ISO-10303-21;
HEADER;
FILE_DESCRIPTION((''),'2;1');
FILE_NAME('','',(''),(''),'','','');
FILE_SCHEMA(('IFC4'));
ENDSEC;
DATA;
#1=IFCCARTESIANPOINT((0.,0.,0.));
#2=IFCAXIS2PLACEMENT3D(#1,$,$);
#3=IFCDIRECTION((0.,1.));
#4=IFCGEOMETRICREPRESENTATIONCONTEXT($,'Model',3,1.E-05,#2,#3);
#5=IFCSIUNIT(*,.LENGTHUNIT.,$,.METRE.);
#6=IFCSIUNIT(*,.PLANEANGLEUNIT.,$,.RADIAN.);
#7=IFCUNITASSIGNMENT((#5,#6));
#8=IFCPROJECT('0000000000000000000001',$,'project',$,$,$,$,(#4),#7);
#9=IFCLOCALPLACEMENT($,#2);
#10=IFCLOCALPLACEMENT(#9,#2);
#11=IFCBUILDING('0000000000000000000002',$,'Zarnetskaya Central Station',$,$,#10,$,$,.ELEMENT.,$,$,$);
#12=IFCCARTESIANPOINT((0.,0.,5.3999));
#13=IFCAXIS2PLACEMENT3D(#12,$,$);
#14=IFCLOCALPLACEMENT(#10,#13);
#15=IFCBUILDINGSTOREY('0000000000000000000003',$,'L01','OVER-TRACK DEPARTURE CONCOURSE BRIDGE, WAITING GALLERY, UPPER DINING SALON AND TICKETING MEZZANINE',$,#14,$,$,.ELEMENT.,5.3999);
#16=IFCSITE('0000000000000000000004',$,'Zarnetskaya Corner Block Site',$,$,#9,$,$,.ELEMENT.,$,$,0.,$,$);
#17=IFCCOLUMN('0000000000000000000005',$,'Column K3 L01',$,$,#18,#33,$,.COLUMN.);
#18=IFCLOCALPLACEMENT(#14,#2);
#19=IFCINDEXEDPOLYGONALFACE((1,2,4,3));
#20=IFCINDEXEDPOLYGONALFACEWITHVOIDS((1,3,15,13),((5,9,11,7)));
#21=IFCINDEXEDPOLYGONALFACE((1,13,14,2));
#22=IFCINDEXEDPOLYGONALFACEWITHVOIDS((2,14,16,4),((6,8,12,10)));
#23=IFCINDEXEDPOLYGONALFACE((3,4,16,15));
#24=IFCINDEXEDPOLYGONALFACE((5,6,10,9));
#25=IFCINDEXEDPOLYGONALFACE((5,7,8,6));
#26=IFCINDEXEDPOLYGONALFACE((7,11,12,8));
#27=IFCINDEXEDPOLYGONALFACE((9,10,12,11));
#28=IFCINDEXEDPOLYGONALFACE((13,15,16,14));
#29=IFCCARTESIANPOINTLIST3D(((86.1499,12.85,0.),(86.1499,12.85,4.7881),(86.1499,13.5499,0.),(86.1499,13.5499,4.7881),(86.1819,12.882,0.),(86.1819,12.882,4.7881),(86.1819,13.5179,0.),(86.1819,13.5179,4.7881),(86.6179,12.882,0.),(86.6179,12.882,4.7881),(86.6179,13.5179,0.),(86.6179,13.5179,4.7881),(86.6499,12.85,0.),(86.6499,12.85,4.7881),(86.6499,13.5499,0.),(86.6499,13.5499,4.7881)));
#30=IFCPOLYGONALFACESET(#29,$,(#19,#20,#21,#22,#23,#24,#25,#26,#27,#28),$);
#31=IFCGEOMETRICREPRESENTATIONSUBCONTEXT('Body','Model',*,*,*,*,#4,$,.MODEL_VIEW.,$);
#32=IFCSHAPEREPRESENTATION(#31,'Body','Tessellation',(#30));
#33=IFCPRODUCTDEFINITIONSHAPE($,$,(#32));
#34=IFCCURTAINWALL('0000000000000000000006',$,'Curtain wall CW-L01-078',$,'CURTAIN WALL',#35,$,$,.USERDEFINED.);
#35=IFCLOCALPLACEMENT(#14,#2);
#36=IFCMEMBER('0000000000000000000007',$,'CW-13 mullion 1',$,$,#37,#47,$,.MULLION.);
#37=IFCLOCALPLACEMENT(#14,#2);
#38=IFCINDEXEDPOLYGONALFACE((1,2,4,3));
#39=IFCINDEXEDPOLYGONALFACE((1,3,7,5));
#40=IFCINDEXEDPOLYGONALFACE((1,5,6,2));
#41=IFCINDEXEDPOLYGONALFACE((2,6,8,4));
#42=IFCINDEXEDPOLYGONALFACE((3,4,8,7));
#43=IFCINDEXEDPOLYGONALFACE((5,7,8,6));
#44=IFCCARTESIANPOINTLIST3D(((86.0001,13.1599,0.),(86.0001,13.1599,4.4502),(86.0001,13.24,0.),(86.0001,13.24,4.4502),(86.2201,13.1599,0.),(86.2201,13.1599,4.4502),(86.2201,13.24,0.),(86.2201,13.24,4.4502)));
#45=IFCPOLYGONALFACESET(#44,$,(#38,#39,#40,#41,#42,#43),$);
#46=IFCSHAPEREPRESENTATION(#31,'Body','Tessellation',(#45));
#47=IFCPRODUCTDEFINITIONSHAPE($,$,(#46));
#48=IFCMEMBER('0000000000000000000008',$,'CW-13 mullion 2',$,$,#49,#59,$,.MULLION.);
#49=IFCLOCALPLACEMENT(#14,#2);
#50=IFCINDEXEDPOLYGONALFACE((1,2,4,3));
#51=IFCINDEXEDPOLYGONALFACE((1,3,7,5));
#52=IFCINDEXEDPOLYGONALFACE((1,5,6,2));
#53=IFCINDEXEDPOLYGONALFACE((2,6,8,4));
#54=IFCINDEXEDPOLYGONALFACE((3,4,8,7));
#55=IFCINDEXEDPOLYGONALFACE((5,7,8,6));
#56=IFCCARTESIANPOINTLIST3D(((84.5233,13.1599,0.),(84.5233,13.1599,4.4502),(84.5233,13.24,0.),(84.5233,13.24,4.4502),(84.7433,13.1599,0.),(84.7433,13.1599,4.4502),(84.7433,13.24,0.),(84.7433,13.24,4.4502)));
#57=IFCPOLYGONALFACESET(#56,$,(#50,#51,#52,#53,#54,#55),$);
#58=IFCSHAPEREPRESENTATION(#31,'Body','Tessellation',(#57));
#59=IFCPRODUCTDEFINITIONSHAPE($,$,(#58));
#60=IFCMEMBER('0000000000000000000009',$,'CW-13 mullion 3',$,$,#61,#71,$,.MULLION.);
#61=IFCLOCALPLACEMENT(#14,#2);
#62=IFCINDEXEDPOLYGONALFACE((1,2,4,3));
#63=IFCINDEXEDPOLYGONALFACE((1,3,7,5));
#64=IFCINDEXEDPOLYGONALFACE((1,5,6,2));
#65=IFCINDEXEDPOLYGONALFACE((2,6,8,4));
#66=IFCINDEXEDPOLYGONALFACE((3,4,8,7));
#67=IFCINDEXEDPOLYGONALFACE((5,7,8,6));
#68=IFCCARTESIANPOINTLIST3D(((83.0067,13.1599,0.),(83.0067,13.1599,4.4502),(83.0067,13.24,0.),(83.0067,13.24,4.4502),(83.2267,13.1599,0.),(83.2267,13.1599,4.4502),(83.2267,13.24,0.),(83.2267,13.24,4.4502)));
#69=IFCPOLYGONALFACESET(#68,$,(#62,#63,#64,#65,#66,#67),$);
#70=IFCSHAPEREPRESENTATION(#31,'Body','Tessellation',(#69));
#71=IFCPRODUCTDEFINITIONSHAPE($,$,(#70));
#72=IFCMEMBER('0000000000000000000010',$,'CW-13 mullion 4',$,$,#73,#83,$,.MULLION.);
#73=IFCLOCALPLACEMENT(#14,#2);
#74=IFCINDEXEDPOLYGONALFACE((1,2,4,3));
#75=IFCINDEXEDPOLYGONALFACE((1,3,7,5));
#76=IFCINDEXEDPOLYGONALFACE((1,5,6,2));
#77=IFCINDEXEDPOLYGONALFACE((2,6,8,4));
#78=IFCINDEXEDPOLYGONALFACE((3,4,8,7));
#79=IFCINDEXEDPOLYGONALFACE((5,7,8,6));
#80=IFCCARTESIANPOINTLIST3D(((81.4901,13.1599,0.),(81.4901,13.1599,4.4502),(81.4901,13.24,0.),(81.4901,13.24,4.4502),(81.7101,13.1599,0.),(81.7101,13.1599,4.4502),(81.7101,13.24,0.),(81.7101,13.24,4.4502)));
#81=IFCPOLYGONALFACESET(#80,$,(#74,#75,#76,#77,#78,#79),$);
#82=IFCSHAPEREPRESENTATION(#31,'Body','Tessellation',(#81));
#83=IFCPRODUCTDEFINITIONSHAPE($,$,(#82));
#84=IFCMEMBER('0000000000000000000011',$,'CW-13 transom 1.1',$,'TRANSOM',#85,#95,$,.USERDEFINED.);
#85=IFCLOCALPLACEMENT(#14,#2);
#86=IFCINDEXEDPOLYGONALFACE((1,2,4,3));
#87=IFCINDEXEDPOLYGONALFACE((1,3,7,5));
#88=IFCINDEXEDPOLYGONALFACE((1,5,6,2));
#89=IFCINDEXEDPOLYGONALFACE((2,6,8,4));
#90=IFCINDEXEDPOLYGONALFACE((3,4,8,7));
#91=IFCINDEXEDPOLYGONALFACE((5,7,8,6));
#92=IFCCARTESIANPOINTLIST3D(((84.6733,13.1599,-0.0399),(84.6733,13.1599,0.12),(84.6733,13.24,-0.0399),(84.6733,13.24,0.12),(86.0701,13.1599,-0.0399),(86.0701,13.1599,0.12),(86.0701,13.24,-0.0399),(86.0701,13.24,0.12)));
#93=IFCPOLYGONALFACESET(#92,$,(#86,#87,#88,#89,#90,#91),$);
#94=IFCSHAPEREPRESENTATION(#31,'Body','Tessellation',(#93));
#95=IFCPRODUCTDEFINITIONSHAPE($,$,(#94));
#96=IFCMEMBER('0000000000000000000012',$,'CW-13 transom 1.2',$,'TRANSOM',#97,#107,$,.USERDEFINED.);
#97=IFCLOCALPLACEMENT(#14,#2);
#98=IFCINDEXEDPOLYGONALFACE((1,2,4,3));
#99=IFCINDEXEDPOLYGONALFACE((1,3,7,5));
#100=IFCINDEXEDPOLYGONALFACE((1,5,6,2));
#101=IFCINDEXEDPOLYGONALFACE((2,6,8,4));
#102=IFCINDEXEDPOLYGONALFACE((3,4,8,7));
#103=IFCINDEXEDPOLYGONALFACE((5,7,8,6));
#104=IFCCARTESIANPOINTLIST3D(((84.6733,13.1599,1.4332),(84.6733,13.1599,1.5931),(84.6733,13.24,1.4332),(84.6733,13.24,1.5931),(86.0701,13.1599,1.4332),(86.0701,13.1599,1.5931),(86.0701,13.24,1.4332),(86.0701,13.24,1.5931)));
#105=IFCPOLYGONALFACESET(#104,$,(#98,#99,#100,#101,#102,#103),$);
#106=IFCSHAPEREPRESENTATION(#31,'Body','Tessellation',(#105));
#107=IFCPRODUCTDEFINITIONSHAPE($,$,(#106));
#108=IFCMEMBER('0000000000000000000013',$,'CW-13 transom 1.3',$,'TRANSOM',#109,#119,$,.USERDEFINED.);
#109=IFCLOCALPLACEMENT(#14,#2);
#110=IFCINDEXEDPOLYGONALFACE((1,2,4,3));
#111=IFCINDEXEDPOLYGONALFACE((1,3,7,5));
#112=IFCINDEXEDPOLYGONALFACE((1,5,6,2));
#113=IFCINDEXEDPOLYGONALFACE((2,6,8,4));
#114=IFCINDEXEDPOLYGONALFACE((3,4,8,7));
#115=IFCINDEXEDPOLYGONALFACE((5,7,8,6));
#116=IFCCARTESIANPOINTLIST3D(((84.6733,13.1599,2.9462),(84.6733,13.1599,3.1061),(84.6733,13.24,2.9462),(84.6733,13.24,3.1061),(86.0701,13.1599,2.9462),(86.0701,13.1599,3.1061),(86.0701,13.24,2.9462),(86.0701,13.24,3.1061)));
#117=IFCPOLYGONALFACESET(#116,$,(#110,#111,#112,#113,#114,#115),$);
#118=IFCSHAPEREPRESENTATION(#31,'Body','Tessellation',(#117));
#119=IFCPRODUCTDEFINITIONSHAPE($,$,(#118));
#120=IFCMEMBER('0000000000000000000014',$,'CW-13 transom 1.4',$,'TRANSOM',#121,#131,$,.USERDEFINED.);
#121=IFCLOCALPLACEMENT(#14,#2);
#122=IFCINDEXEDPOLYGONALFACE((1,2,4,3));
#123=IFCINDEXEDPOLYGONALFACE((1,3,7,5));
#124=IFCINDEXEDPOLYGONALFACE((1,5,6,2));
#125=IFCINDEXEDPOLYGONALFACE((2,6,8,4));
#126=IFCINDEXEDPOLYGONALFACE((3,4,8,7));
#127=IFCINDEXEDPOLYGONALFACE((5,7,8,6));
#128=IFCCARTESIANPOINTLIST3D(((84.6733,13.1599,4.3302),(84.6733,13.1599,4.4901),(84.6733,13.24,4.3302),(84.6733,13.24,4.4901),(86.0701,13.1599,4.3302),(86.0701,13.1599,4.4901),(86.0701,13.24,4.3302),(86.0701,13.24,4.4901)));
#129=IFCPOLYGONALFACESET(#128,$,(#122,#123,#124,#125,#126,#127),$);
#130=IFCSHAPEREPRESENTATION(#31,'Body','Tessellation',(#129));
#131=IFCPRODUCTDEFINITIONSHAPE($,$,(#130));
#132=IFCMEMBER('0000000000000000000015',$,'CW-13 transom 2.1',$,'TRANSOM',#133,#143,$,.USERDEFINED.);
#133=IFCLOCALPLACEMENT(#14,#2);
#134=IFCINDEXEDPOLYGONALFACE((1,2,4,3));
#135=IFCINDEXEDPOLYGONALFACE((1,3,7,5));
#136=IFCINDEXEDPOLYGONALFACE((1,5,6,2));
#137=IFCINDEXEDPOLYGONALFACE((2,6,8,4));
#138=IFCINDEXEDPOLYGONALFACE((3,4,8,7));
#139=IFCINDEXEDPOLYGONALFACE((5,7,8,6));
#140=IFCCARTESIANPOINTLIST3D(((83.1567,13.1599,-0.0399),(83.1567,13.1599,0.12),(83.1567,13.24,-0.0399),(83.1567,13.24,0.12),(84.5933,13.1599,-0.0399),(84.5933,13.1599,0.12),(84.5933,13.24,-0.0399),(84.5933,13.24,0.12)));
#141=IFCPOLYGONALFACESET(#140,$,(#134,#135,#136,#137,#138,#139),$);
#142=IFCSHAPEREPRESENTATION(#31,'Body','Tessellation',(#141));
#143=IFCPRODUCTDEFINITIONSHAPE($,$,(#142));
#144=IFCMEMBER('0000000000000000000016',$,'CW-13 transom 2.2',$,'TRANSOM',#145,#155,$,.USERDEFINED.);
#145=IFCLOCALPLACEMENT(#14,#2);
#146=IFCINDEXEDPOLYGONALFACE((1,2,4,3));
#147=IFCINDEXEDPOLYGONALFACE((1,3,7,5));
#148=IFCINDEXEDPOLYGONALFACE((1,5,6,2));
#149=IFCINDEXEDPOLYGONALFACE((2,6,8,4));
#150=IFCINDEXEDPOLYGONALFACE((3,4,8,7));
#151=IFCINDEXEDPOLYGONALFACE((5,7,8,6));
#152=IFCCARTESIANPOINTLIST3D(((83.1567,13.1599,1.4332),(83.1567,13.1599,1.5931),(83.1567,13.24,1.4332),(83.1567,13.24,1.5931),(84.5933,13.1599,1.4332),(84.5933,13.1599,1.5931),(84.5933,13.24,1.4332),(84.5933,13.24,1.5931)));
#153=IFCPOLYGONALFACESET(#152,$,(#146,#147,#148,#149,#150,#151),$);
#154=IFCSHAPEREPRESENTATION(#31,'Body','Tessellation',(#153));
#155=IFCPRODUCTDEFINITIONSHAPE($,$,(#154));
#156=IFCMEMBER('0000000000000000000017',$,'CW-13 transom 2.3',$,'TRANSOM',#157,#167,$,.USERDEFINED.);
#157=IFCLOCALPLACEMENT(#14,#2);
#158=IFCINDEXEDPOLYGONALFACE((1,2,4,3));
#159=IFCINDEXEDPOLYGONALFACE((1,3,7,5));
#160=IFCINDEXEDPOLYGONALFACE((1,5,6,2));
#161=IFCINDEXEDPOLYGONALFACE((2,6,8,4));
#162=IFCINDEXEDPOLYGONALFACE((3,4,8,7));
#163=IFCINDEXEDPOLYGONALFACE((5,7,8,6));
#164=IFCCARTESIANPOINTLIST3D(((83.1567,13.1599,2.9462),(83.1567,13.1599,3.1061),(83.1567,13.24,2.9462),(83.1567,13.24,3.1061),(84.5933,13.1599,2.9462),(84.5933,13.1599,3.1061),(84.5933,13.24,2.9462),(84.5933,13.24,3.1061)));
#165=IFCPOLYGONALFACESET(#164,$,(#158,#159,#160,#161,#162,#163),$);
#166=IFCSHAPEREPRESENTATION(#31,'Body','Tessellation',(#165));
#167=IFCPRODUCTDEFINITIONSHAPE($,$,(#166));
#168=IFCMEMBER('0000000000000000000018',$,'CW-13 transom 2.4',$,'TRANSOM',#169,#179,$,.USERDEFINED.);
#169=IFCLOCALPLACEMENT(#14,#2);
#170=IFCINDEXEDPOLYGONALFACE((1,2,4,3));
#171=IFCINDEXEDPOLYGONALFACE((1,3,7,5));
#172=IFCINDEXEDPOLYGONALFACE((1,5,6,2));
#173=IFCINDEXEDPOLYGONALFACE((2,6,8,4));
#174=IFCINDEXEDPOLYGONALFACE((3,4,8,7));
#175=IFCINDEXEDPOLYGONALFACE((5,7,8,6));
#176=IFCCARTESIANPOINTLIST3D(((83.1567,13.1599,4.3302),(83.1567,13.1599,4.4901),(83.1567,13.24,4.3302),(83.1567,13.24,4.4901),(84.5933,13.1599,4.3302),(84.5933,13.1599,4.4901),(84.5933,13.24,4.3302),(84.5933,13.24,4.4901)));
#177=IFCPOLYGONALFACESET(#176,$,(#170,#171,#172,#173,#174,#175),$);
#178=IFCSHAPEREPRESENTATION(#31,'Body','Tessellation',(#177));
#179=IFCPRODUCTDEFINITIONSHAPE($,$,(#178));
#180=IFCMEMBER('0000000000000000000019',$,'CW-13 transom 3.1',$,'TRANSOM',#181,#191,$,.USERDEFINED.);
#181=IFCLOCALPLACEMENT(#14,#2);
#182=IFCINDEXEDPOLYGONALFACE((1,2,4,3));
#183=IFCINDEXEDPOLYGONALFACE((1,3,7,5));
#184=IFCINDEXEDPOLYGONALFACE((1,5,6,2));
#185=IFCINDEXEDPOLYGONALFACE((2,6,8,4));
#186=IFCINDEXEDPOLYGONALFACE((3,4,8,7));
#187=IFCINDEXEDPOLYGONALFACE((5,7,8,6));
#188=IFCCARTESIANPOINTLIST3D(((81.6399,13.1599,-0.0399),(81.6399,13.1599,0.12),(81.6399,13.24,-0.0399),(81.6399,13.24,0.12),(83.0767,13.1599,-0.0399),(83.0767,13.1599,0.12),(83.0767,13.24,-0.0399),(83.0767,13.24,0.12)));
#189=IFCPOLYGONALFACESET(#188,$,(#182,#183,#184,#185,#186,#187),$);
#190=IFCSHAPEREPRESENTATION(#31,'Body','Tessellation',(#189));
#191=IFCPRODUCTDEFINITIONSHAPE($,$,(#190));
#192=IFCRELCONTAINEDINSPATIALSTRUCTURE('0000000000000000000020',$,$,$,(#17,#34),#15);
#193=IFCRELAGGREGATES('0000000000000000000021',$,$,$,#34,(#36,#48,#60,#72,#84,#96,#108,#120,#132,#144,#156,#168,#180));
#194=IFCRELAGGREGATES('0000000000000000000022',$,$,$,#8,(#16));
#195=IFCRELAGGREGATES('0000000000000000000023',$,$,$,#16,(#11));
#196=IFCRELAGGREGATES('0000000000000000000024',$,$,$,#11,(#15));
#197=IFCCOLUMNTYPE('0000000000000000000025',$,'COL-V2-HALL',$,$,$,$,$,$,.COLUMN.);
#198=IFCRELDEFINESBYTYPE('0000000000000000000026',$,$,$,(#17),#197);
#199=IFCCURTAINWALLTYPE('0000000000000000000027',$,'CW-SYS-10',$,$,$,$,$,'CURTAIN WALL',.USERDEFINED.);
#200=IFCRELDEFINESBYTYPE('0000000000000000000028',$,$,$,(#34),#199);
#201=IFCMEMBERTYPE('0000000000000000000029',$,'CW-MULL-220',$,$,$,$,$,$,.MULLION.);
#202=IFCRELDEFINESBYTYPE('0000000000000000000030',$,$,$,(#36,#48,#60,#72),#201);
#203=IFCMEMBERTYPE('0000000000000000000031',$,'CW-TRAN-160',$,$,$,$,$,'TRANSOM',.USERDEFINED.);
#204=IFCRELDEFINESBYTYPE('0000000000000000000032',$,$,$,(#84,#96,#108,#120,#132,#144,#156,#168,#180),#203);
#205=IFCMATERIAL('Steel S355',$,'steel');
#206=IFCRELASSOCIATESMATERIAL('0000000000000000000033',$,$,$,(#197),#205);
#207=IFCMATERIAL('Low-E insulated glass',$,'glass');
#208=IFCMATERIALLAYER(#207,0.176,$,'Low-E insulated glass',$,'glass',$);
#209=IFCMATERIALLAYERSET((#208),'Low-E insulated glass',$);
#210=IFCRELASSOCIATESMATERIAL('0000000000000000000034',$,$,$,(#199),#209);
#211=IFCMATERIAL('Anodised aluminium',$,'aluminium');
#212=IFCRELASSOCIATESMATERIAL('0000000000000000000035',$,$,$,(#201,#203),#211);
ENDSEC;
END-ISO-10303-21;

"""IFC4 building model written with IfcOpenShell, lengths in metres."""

from ifc_helpers import new_model, si_unit, direction, frame, origin, origin_2d, place, context, subcontext, project, spatial, rectangle, hollow_rectangle, extrude, material, layer, layer_set, material_profile, profile_set, type_object, element, aggregate, save


model = new_model("IFC4")

# Units and contexts
model_context = context("Model", 3, precision=1e-05, world=origin(), true_north=direction((0.0, 1.0)))
body_context = subcontext(model_context, "Body", "Model", "MODEL_VIEW")
ifc_project = project(units=[si_unit("LENGTHUNIT", "METRE"), si_unit("PLANEANGLEUNIT", "RADIAN")], contexts=[model_context])

# Site, building, storey
site_placement = place(None, origin())
site = spatial("IfcSite", under=ifc_project, at=site_placement, Name="Zarnetskaya Corner Block Site", CompositionType="ELEMENT", RefElevation=0.0)
building_placement = place(site_placement, origin())
building = spatial("IfcBuilding", under=site, at=building_placement, Name="Zarnetskaya Central Station", CompositionType="ELEMENT")
storey_placement = place(building_placement, frame((0.0, 0.0, 5.3999)))
storey = spatial("IfcBuildingStorey", under=building, at=storey_placement, Name="L01", Description="OVER-TRACK DEPARTURE CONCOURSE BRIDGE, WAITING GALLERY, UPPER DINING SALON AND TICKETING MEZZANINE", CompositionType="ELEMENT", Elevation=5.3999)

# Column
ifc_material_1 = material(Name="Steel S355", Category="steel")
ifc_material_profile_1 = material_profile(ifc_material_1, hollow_rectangle(XDim=0.5, YDim=0.7, WallThickness=0.032, at=origin_2d()), Name="BOX 700x500x32")
ifc_profile_set_1 = profile_set([ifc_material_profile_1], Name="Steel S355")
column_type = type_object("IfcColumnType", Name="COL-V2-HALL", PredefinedType="COLUMN", material=ifc_profile_set_1)
column_placement = place(storey_placement, frame((86.3999, 13.2, 0.0), z_axis=(0.0, 0.0, 1.0), x_axis=(1.0, 0.0, 0.0)))
element("IfcColumn", 1, at=column_placement, inside=storey, type_object=column_type, Name="Column K3 L01", PredefinedType="COLUMN", context=body_context, shape_type="SweptSolid", body=[
    extrude(hollow_rectangle(XDim=0.5, YDim=0.7, WallThickness=0.032, at=origin_2d()), origin(), (0.0, 0.0, 1.0), 4.7881),
])

# Curtain wall, members
ifc_material_2 = material(Name="Low-E insulated glass", Category="glass")
ifc_layer_1 = layer(ifc_material_2, 0.176, Name="Low-E insulated glass", Category="glass")
ifc_layer_set_1 = layer_set([ifc_layer_1], Name="Low-E insulated glass")
curtain_wall_type = type_object("IfcCurtainWallType", Name="CW-SYS-10", ElementType="CURTAIN WALL", PredefinedType="USERDEFINED", material=ifc_layer_set_1)
curtain_wall_placement = place(storey_placement, origin())
curtain_wall = element("IfcCurtainWall", 2, at=curtain_wall_placement, inside=storey, type_object=curtain_wall_type, Name="Curtain wall CW-L01-078", ObjectType="CURTAIN WALL", PredefinedType="USERDEFINED")
ifc_material_3 = material(Name="Anodised aluminium", Category="aluminium")
ifc_material_profile_2 = material_profile(ifc_material_3, rectangle(XDim=0.0801, YDim=0.22, at=origin_2d()), Name="ALU MULL 80x220")
ifc_profile_set_2 = profile_set([ifc_material_profile_2], Name="Anodised aluminium")
member_type_1 = type_object("IfcMemberType", Name="CW-MULL-220", PredefinedType="MULLION", material=ifc_profile_set_2)
member_1_placement = place(storey_placement, frame((86.1101, 13.2, 0.0), z_axis=(0.0, 0.0, 1.0), x_axis=(0.0, -1.0, 0.0)))
member_1 = element("IfcMember", 3, at=member_1_placement, type_object=member_type_1, Name="CW-13 mullion 1", PredefinedType="MULLION", context=body_context, shape_type="SweptSolid", body=[
    extrude(rectangle(XDim=0.0801, YDim=0.22, at=origin_2d()), origin(), (0.0, 0.0, 1.0), 4.4502),
])
member_2_placement = place(storey_placement, frame((84.6333, 13.2, 0.0), z_axis=(0.0, 0.0, 1.0), x_axis=(0.0, -1.0, 0.0)))
member_2 = element("IfcMember", 4, at=member_2_placement, type_object=member_type_1, Name="CW-13 mullion 2", PredefinedType="MULLION", context=body_context, shape_type="SweptSolid", body=[
    extrude(rectangle(XDim=0.0801, YDim=0.22, at=origin_2d()), origin(), (0.0, 0.0, 1.0), 4.4502),
])
member_3_placement = place(storey_placement, frame((83.1167, 13.2, 0.0), z_axis=(0.0, 0.0, 1.0), x_axis=(0.0, -1.0, 0.0)))
member_3 = element("IfcMember", 5, at=member_3_placement, type_object=member_type_1, Name="CW-13 mullion 3", PredefinedType="MULLION", context=body_context, shape_type="SweptSolid", body=[
    extrude(rectangle(XDim=0.0801, YDim=0.22, at=origin_2d()), origin(), (0.0, 0.0, 1.0), 4.4502),
])
member_4_placement = place(storey_placement, frame((81.6001, 13.2, 0.0), z_axis=(0.0, 0.0, 1.0), x_axis=(0.0, -1.0, 0.0)))
member_4 = element("IfcMember", 6, at=member_4_placement, type_object=member_type_1, Name="CW-13 mullion 4", PredefinedType="MULLION", context=body_context, shape_type="SweptSolid", body=[
    extrude(rectangle(XDim=0.0801, YDim=0.22, at=origin_2d()), origin(), (0.0, 0.0, 1.0), 4.4502),
])
ifc_material_profile_3 = material_profile(ifc_material_3, rectangle(XDim=0.0801, YDim=0.1599, at=origin_2d()), Name="ALU TRAN 80x160")
ifc_profile_set_3 = profile_set([ifc_material_profile_3], Name="Anodised aluminium")
member_type_2 = type_object("IfcMemberType", Name="CW-TRAN-160", ElementType="TRANSOM", PredefinedType="USERDEFINED", material=ifc_profile_set_3)
member_5_placement = place(storey_placement, frame((86.0701, 13.2, 0.04), z_axis=(-1.0, 0.0, 0.0), x_axis=(0.0, -1.0, 0.0)))
member_5 = element("IfcMember", 7, at=member_5_placement, type_object=member_type_2, Name="CW-13 transom 1.1", ObjectType="TRANSOM", PredefinedType="USERDEFINED", context=body_context, shape_type="SweptSolid", body=[
    extrude(rectangle(XDim=0.0801, YDim=0.1599, at=origin_2d()), origin(), (0.0, 0.0, 1.0), 1.3967),
])
member_6_placement = place(storey_placement, frame((86.0701, 13.2, 1.5132), z_axis=(-1.0, 0.0, 0.0), x_axis=(0.0, -1.0, 0.0)))
member_6 = element("IfcMember", 8, at=member_6_placement, type_object=member_type_2, Name="CW-13 transom 1.2", ObjectType="TRANSOM", PredefinedType="USERDEFINED", context=body_context, shape_type="SweptSolid", body=[
    extrude(rectangle(XDim=0.0801, YDim=0.1599, at=origin_2d()), origin(), (0.0, 0.0, 1.0), 1.3967),
])
member_7_placement = place(storey_placement, frame((86.0701, 13.2, 3.0261), z_axis=(-1.0, 0.0, 0.0), x_axis=(0.0, -1.0, 0.0)))
member_7 = element("IfcMember", 9, at=member_7_placement, type_object=member_type_2, Name="CW-13 transom 1.3", ObjectType="TRANSOM", PredefinedType="USERDEFINED", context=body_context, shape_type="SweptSolid", body=[
    extrude(rectangle(XDim=0.0801, YDim=0.1599, at=origin_2d()), origin(), (0.0, 0.0, 1.0), 1.3967),
])
member_8_placement = place(storey_placement, frame((86.0701, 13.2, 4.4102), z_axis=(-1.0, 0.0, 0.0), x_axis=(0.0, -1.0, 0.0)))
member_8 = element("IfcMember", 10, at=member_8_placement, type_object=member_type_2, Name="CW-13 transom 1.4", ObjectType="TRANSOM", PredefinedType="USERDEFINED", context=body_context, shape_type="SweptSolid", body=[
    extrude(rectangle(XDim=0.0801, YDim=0.1599, at=origin_2d()), origin(), (0.0, 0.0, 1.0), 1.3967),
])
member_9_placement = place(storey_placement, frame((84.5933, 13.2, 0.04), z_axis=(-1.0, 0.0, 0.0), x_axis=(0.0, -1.0, 0.0)))
member_9 = element("IfcMember", 11, at=member_9_placement, type_object=member_type_2, Name="CW-13 transom 2.1", ObjectType="TRANSOM", PredefinedType="USERDEFINED", context=body_context, shape_type="SweptSolid", body=[
    extrude(rectangle(XDim=0.0801, YDim=0.1599, at=origin_2d()), origin(), (0.0, 0.0, 1.0), 1.4365),
])
member_10_placement = place(storey_placement, frame((84.5933, 13.2, 1.5132), z_axis=(-1.0, 0.0, 0.0), x_axis=(0.0, -1.0, 0.0)))
member_10 = element("IfcMember", 12, at=member_10_placement, type_object=member_type_2, Name="CW-13 transom 2.2", ObjectType="TRANSOM", PredefinedType="USERDEFINED", context=body_context, shape_type="SweptSolid", body=[
    extrude(rectangle(XDim=0.0801, YDim=0.1599, at=origin_2d()), origin(), (0.0, 0.0, 1.0), 1.4365),
])
member_11_placement = place(storey_placement, frame((84.5933, 13.2, 3.0261), z_axis=(-1.0, 0.0, 0.0), x_axis=(0.0, -1.0, 0.0)))
member_11 = element("IfcMember", 13, at=member_11_placement, type_object=member_type_2, Name="CW-13 transom 2.3", ObjectType="TRANSOM", PredefinedType="USERDEFINED", context=body_context, shape_type="SweptSolid", body=[
    extrude(rectangle(XDim=0.0801, YDim=0.1599, at=origin_2d()), origin(), (0.0, 0.0, 1.0), 1.4365),
])
member_12_placement = place(storey_placement, frame((84.5933, 13.2, 4.4102), z_axis=(-1.0, 0.0, 0.0), x_axis=(0.0, -1.0, 0.0)))
member_12 = element("IfcMember", 14, at=member_12_placement, type_object=member_type_2, Name="CW-13 transom 2.4", ObjectType="TRANSOM", PredefinedType="USERDEFINED", context=body_context, shape_type="SweptSolid", body=[
    extrude(rectangle(XDim=0.0801, YDim=0.1599, at=origin_2d()), origin(), (0.0, 0.0, 1.0), 1.4365),
])
member_13_placement = place(storey_placement, frame((83.0767, 13.2, 0.04), z_axis=(-1.0, 0.0, 0.0), x_axis=(0.0, -1.0, 0.0)))
member_13 = element("IfcMember", 15, at=member_13_placement, type_object=member_type_2, Name="CW-13 transom 3.1", ObjectType="TRANSOM", PredefinedType="USERDEFINED", context=body_context, shape_type="SweptSolid", body=[
    extrude(rectangle(XDim=0.0801, YDim=0.1599, at=origin_2d()), origin(), (0.0, 0.0, 1.0), 1.4368),
])

aggregate(curtain_wall, [member_1, member_2, member_3, member_4, member_5, member_6, member_7, member_8, member_9, member_10, member_11, member_12, member_13])

save(model, "model.ifc")
